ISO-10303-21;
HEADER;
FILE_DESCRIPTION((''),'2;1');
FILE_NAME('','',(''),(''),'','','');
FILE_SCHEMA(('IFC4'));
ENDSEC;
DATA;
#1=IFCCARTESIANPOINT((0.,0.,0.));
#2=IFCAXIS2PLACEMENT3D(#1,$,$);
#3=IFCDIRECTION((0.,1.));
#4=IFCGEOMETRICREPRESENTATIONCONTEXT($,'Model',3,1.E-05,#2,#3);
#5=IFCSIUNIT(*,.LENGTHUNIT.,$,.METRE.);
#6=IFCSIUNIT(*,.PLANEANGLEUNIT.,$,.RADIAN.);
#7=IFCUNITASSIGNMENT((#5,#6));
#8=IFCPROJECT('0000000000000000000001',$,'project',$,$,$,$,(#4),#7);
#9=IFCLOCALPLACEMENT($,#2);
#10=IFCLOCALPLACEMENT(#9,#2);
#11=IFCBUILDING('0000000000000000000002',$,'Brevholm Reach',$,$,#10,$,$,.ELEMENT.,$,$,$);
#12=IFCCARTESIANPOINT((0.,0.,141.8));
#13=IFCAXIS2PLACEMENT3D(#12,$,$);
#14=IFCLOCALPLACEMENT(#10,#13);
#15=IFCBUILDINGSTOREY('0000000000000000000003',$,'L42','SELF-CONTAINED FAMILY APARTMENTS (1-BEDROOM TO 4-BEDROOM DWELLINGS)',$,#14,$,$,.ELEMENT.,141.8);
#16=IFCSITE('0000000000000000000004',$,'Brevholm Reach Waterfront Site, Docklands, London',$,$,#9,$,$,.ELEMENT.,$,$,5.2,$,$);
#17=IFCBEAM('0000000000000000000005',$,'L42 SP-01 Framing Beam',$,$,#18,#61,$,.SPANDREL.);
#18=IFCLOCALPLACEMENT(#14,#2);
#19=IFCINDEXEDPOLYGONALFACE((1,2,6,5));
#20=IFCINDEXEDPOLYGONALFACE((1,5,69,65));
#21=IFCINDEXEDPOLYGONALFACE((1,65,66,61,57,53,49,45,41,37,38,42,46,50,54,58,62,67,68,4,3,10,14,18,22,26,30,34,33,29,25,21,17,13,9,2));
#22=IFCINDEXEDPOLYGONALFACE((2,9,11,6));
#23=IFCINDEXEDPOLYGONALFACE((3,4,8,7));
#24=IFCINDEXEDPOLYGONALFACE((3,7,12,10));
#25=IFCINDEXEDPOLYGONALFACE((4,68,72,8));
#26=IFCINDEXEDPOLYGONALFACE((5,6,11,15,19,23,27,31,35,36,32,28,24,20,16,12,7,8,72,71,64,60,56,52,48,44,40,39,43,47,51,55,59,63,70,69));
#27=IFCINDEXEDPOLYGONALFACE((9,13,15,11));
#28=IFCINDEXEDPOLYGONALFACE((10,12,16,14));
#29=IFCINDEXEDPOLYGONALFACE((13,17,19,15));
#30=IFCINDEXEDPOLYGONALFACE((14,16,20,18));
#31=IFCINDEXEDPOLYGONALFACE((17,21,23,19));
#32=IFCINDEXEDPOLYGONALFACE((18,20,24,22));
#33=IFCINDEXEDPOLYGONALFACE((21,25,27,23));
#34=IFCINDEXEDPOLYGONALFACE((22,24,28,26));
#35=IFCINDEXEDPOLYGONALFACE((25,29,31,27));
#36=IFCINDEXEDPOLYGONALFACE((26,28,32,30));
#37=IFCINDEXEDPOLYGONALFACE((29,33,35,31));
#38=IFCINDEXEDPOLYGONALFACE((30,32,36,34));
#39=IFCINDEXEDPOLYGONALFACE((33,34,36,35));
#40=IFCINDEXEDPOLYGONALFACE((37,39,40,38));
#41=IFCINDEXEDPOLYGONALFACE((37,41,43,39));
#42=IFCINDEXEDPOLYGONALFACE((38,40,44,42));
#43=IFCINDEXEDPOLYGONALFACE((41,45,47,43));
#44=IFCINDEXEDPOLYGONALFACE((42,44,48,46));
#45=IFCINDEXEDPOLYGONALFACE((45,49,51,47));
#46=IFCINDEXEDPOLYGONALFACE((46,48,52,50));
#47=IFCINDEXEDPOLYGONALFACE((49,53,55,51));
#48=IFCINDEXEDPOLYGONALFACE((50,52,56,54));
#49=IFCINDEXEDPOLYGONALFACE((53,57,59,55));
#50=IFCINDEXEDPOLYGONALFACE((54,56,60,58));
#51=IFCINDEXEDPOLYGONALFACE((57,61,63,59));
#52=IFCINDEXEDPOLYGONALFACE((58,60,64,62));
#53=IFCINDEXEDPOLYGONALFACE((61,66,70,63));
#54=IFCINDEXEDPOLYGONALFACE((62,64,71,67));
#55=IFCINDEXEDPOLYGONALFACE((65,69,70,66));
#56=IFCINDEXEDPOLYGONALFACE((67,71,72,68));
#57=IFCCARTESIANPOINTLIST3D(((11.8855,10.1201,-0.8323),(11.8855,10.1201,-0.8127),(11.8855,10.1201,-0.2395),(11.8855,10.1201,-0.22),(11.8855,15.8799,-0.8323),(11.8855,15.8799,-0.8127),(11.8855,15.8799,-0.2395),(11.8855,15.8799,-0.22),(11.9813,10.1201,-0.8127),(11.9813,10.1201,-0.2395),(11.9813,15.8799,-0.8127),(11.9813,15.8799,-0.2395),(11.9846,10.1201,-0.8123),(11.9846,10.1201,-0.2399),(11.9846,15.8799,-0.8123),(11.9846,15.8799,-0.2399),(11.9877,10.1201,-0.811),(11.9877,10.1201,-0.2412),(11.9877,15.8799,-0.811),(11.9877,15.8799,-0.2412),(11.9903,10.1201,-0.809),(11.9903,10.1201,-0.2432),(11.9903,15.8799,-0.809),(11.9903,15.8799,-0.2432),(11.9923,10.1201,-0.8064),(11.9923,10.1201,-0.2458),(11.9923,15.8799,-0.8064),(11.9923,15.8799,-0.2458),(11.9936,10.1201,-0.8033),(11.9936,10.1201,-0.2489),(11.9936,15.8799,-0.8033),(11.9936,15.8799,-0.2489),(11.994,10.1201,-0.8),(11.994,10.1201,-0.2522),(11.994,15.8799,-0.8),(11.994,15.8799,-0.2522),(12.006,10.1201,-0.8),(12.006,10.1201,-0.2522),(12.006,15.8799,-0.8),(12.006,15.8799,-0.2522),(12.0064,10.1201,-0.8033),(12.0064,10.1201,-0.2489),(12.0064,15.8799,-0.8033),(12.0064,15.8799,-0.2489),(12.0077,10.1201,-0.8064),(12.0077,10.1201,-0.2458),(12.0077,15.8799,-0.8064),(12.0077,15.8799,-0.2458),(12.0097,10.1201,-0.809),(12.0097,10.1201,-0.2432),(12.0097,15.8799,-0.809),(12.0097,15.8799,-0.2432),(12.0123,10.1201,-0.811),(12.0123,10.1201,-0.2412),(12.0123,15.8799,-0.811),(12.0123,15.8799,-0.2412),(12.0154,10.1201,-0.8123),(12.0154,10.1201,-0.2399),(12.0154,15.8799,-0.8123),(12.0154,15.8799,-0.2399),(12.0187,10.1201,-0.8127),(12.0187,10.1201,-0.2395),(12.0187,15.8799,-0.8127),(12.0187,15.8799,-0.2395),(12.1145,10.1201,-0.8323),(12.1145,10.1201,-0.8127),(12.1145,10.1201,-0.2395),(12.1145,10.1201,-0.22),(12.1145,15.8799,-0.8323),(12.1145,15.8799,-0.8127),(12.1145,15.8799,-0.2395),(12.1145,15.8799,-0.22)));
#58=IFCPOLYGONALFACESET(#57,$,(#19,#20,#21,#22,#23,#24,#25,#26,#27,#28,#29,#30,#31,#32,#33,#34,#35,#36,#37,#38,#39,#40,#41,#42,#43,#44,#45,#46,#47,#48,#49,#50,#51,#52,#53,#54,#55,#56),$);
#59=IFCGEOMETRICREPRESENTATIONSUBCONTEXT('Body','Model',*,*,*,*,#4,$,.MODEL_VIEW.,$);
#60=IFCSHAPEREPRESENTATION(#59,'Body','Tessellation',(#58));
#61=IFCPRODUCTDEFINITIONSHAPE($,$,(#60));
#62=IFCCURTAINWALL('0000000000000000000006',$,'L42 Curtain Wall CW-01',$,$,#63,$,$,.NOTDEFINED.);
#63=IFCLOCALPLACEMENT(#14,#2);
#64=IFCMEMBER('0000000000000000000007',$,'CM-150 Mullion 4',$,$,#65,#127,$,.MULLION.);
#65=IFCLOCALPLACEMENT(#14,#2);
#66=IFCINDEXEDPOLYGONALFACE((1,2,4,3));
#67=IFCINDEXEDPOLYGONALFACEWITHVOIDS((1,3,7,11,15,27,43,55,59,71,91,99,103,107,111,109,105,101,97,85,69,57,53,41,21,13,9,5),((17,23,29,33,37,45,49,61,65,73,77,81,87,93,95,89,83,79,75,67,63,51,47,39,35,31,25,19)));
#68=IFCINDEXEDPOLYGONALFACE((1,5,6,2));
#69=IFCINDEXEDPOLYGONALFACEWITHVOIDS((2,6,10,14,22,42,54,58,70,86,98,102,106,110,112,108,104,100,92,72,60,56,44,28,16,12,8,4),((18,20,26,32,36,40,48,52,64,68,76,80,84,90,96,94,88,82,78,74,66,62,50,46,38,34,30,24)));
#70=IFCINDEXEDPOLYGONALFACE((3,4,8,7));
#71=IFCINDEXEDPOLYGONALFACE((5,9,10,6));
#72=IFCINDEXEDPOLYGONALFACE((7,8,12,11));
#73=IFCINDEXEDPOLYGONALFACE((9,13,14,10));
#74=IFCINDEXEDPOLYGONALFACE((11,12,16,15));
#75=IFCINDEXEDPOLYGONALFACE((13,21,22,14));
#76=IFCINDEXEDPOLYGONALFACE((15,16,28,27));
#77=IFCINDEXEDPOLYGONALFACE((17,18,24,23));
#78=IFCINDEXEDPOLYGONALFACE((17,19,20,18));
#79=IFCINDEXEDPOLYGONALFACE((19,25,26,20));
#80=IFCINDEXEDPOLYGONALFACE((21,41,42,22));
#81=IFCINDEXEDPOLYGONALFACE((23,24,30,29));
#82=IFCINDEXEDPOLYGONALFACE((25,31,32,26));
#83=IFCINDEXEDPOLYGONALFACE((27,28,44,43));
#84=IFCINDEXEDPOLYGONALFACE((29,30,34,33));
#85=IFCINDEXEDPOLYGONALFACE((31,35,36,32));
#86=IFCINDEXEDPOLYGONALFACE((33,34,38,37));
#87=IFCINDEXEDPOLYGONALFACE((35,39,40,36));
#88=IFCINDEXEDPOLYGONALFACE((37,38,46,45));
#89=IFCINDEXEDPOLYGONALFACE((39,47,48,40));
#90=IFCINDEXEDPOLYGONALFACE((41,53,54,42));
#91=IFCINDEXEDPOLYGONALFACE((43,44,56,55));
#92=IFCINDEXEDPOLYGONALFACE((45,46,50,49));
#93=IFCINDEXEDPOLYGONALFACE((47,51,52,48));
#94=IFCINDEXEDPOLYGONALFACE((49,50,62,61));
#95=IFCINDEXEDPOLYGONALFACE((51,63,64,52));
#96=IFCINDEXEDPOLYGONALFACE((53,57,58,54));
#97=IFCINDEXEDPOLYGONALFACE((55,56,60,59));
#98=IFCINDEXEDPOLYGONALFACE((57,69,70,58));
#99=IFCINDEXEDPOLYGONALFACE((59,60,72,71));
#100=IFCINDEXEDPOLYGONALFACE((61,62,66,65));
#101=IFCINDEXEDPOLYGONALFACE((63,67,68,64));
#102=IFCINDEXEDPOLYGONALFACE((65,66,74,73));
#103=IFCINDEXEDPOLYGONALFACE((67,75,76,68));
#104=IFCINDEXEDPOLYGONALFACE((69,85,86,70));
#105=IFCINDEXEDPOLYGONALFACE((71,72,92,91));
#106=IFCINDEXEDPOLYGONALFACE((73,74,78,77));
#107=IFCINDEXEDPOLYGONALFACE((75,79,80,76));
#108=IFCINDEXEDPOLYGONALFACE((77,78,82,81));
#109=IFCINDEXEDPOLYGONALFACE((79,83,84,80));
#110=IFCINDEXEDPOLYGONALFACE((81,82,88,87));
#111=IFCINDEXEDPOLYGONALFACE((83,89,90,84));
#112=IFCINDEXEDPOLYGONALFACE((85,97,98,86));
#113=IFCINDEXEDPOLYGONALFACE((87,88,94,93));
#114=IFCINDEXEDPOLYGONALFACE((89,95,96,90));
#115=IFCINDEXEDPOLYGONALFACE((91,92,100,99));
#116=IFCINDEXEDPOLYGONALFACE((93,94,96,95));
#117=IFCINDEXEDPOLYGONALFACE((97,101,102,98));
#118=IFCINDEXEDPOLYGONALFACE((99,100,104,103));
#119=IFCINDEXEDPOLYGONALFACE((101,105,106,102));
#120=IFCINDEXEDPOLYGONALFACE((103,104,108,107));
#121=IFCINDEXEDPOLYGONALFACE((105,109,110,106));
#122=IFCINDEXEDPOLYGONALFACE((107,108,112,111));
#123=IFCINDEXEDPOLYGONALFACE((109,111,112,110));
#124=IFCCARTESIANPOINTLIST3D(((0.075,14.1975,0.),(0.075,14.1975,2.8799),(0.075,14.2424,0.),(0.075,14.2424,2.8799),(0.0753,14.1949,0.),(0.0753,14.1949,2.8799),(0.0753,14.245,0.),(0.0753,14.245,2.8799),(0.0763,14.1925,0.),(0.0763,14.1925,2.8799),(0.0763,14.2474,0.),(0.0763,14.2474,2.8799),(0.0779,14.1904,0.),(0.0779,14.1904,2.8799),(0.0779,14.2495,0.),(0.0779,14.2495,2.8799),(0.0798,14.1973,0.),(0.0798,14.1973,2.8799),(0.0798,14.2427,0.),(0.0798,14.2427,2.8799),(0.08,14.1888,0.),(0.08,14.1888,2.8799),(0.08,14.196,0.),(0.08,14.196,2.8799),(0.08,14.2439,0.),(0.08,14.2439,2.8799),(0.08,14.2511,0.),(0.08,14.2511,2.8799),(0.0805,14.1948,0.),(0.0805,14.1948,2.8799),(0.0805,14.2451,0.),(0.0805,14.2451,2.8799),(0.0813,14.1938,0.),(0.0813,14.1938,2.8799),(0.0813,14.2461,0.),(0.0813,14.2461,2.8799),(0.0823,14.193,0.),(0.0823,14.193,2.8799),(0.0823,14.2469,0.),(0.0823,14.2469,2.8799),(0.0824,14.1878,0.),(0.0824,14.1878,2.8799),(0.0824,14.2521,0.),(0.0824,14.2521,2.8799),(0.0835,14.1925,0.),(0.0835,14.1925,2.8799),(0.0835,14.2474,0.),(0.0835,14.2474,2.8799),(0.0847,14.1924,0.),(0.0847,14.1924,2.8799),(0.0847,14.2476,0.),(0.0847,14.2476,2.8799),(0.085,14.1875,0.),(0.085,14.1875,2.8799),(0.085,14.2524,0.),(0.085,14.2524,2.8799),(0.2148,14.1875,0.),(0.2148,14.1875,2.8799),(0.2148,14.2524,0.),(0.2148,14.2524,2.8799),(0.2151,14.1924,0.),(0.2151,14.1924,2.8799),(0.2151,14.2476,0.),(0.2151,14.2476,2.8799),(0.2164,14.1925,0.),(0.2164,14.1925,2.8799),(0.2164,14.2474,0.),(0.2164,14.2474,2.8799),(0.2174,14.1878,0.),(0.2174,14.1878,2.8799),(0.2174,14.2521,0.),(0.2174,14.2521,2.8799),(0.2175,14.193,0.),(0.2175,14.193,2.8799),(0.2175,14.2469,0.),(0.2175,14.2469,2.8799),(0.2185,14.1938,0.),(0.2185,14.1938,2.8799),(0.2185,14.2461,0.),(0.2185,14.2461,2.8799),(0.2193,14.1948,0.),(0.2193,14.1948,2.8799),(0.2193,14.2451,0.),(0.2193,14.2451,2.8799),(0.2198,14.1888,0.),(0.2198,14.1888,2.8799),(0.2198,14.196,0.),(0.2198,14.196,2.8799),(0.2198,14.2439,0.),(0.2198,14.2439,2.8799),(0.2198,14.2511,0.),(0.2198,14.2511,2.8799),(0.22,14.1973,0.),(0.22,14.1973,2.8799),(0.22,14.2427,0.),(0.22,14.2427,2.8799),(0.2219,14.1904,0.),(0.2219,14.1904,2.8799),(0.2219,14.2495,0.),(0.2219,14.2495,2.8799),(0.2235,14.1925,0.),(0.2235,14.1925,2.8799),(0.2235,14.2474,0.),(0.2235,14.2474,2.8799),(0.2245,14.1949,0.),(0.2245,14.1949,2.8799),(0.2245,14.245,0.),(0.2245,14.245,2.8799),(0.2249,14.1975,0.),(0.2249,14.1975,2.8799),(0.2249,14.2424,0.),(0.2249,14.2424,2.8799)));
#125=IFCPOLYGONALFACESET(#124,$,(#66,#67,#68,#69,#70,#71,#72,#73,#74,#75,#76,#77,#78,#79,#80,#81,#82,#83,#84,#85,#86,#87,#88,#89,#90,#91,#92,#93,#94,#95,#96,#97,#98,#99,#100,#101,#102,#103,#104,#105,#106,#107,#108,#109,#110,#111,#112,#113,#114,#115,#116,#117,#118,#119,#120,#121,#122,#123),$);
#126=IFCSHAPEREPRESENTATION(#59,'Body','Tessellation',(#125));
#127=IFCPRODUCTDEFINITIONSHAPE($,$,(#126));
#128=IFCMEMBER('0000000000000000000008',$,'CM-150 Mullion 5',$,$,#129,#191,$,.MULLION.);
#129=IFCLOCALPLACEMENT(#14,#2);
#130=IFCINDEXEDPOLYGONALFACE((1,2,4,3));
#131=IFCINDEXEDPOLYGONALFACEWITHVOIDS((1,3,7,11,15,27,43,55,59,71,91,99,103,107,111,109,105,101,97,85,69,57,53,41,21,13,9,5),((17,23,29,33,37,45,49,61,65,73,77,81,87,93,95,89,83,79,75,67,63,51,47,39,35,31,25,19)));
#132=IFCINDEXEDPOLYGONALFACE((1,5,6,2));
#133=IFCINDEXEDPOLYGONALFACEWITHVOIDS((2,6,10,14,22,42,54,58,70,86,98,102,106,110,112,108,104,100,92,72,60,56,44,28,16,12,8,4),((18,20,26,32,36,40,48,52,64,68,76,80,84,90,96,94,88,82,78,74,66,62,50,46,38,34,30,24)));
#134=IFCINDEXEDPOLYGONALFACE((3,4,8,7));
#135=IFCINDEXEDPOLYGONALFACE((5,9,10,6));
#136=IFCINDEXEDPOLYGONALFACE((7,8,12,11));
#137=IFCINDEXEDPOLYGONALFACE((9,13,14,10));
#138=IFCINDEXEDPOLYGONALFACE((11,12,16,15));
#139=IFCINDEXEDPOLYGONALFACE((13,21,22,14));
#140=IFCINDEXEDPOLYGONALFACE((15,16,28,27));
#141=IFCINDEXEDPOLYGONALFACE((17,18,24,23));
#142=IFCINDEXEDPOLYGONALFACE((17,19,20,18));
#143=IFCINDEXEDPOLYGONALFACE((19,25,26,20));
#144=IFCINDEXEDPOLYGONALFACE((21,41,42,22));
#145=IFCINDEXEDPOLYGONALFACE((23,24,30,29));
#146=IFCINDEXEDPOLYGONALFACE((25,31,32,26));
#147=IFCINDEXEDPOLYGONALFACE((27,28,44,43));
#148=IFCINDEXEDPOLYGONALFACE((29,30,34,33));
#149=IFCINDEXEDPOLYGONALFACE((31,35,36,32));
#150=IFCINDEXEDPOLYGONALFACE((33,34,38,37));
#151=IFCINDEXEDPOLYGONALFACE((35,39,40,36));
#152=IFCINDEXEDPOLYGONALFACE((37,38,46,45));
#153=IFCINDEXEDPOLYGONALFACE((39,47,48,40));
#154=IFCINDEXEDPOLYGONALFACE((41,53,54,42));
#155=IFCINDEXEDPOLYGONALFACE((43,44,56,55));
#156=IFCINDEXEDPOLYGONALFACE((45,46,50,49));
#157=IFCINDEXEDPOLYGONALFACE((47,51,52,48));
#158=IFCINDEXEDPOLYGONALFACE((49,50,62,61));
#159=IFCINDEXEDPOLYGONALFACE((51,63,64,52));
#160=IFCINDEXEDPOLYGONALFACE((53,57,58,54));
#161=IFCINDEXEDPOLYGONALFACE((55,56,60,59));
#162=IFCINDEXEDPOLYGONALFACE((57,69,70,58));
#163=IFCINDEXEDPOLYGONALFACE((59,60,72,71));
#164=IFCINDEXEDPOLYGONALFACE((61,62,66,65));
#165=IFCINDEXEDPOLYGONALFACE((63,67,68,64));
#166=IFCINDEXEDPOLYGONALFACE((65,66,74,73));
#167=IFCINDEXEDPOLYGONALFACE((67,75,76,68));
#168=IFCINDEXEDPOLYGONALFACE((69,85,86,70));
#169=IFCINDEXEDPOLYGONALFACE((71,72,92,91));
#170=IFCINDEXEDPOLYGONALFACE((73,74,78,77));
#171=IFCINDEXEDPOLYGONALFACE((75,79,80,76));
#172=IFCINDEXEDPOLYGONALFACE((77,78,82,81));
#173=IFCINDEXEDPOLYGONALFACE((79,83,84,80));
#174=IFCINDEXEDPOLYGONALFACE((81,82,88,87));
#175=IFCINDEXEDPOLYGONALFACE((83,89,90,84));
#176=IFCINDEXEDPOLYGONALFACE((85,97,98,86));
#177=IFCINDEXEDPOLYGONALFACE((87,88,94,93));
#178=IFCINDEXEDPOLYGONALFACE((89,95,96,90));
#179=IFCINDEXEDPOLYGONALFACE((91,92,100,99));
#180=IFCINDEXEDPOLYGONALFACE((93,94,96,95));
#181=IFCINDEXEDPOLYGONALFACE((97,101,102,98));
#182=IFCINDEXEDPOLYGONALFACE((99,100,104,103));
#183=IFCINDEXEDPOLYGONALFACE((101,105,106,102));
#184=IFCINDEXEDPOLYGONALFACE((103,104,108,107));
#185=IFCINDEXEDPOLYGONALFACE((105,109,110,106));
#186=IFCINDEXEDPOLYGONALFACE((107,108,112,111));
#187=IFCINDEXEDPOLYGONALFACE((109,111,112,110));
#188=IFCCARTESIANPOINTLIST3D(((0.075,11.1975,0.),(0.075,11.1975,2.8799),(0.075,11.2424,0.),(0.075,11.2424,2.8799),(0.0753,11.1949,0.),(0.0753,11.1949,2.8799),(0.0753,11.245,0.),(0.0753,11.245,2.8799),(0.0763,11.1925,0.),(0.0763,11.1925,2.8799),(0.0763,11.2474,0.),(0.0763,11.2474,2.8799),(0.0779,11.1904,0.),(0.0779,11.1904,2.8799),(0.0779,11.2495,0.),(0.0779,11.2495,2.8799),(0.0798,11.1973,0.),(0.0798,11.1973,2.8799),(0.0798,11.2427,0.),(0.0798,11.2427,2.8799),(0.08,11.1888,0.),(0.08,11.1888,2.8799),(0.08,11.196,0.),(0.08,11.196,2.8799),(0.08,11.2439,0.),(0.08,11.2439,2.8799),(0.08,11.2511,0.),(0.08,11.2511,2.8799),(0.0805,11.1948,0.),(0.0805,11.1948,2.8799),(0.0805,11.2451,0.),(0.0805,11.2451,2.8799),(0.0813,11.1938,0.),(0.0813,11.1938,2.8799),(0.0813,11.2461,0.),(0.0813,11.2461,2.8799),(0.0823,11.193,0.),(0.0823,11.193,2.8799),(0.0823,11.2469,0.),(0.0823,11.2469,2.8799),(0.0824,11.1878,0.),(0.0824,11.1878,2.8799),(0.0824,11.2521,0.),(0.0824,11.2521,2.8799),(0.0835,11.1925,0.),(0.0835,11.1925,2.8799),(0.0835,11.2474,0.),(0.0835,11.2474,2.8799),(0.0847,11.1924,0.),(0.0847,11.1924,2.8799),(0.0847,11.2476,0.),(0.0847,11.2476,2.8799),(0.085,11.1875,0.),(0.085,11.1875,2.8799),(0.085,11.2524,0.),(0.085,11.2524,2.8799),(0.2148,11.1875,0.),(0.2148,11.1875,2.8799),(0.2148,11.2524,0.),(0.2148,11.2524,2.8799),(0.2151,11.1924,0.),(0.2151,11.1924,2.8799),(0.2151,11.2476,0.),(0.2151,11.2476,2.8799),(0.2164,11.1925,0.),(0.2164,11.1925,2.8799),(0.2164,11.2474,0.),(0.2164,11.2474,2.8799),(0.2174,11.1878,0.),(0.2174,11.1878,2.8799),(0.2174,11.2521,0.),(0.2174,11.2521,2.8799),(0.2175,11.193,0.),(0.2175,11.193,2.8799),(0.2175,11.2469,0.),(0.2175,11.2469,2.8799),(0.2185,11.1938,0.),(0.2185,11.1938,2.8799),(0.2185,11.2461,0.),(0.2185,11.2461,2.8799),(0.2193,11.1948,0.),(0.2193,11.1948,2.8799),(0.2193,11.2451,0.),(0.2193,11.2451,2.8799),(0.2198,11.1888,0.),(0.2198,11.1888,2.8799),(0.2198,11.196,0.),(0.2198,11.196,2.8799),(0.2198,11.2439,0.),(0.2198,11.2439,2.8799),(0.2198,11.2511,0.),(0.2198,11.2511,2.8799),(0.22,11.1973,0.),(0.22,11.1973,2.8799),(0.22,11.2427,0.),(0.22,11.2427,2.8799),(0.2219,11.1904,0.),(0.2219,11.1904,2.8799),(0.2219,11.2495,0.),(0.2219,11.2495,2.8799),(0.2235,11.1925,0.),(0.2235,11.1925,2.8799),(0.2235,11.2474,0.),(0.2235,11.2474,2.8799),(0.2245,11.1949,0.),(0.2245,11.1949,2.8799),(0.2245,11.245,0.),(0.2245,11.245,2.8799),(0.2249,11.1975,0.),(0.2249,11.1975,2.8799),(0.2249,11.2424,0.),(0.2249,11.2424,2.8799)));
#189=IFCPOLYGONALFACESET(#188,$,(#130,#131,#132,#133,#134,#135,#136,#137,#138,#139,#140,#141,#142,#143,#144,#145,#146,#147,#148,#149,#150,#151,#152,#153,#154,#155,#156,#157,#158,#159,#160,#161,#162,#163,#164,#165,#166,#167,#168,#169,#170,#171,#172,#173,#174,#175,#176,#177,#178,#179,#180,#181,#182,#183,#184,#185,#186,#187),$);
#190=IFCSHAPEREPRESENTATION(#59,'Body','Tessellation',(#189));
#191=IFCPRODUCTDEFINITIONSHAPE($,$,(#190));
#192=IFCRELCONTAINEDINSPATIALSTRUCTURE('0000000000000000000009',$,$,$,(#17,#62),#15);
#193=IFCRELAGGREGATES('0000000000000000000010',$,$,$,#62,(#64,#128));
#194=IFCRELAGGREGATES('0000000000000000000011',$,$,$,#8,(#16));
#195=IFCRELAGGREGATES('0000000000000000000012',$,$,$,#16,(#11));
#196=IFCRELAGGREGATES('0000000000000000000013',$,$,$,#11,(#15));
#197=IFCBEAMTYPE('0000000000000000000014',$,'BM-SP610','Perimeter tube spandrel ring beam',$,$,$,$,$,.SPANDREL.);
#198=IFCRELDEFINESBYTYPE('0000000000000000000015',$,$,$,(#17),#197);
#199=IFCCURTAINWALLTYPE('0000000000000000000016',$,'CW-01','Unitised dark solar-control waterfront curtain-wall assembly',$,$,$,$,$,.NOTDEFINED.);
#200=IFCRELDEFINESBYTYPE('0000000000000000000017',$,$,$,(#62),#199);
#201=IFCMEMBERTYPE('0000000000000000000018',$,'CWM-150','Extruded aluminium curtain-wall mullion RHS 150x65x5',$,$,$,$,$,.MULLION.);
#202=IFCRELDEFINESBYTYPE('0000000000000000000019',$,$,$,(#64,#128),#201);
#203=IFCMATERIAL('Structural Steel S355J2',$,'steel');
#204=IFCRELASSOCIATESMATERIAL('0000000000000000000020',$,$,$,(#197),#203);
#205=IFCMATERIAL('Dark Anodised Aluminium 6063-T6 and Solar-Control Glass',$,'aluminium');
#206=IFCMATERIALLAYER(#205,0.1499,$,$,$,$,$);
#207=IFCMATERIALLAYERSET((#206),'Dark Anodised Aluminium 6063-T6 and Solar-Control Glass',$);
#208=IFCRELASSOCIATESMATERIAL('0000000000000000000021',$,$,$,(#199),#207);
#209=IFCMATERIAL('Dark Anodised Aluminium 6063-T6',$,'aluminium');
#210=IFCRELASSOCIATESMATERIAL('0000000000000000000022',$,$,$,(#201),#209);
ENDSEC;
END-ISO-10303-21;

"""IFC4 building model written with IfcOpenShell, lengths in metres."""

from ifc_helpers import new_model, si_unit, direction, frame, origin, origin_2d, place, context, subcontext, project, spatial, hollow_rectangle, i_section, extrude, material, layer, layer_set, material_profile, profile_set, type_object, element, aggregate, save


model = new_model("IFC4")

# Units and contexts
model_context = context("Model", 3, precision=1e-05, world=origin(), true_north=direction((0.0, 1.0)))
body_context = subcontext(model_context, "Body", "Model", "MODEL_VIEW")
ifc_project = project(units=[si_unit("LENGTHUNIT", "METRE"), si_unit("PLANEANGLEUNIT", "RADIAN")], contexts=[model_context])

# Site, building, storey
site_placement = place(None, origin())
site = spatial("IfcSite", under=ifc_project, at=site_placement, Name="Brevholm Reach Waterfront Site, Docklands, London", CompositionType="ELEMENT", RefElevation=5.2)
building_placement = place(site_placement, origin())
building = spatial("IfcBuilding", under=site, at=building_placement, Name="Brevholm Reach", CompositionType="ELEMENT")
storey_placement = place(building_placement, frame((0.0, 0.0, 141.8)))
storey = spatial("IfcBuildingStorey", under=building, at=storey_placement, Name="L42", Description="SELF-CONTAINED FAMILY APARTMENTS (1-BEDROOM TO 4-BEDROOM DWELLINGS)", CompositionType="ELEMENT", Elevation=141.8)

# Beam
ifc_material_1 = material(Name="Structural Steel S355J2", Category="steel")
ifc_material_profile_1 = material_profile(ifc_material_1, i_section(OverallWidth=0.229, OverallDepth=0.6123, WebThickness=0.012, FlangeThickness=0.0195, FilletRadius=0.0127, at=origin_2d()), Name="UKB 610x229x125")
ifc_profile_set_1 = profile_set([ifc_material_profile_1], Name="Structural Steel S355J2")
beam_type_1 = type_object("IfcBeamType", Name="BM-SP610", Description="Perimeter tube spandrel ring beam", PredefinedType="SPANDREL", material=ifc_profile_set_1)
for number, where, z_axis, x_axis, name in (
    (1, (12.0, 10.1201, -0.5261), (0.0, 1.0, 0.0), (-1.0, 0.0, 0.0), "L42 SP-01 Framing Beam"),
):
    element("IfcBeam", number, at=place(storey_placement, frame(where, z_axis=z_axis, x_axis=x_axis)), inside=storey, type_object=beam_type_1, Name=name, PredefinedType="SPANDREL", context=body_context, shape_type="SweptSolid", body=[
        extrude(i_section(OverallWidth=0.229, OverallDepth=0.6123, WebThickness=0.012, FlangeThickness=0.0195, FilletRadius=0.0127, at=origin_2d()), origin(), (0.0, 0.0, 1.0), 5.7598),
    ])

# Curtain wall, members
ifc_material_2 = material(Name="Dark Anodised Aluminium 6063-T6 and Solar-Control Glass", Category="aluminium")
ifc_layer_1 = layer(ifc_material_2, 0.1499)
ifc_layer_set_1 = layer_set([ifc_layer_1], Name="Dark Anodised Aluminium 6063-T6 and Solar-Control Glass")
curtain_wall_type = type_object("IfcCurtainWallType", Name="CW-01", Description="Unitised dark solar-control waterfront curtain-wall assembly", PredefinedType="NOTDEFINED", material=ifc_layer_set_1)
curtain_wall_placement = place(storey_placement, origin())
curtain_wall = element("IfcCurtainWall", 2, at=curtain_wall_placement, inside=storey, type_object=curtain_wall_type, Name="L42 Curtain Wall CW-01", PredefinedType="NOTDEFINED")
ifc_material_3 = material(Name="Dark Anodised Aluminium 6063-T6", Category="aluminium")
ifc_material_profile_2 = material_profile(ifc_material_3, hollow_rectangle(XDim=0.0649, YDim=0.1499, WallThickness=0.0049, InnerFilletRadius=0.0049, OuterFilletRadius=0.01, at=origin_2d()), Name="RHS 150x65x5")
ifc_profile_set_2 = profile_set([ifc_material_profile_2], Name="Dark Anodised Aluminium 6063-T6")
member_type_1 = type_object("IfcMemberType", Name="CWM-150", Description="Extruded aluminium curtain-wall mullion RHS 150x65x5", PredefinedType="MULLION", material=ifc_profile_set_2)
member_1_placement = place(storey_placement, frame((0.1499, 14.22, 0.0), z_axis=(0.0, 0.0, 1.0), x_axis=(0.0, -1.0, 0.0)))
member_1 = element("IfcMember", 3, at=member_1_placement, type_object=member_type_1, Name="CM-150 Mullion 4", PredefinedType="MULLION", context=body_context, shape_type="SweptSolid", body=[
    extrude(hollow_rectangle(XDim=0.0649, YDim=0.1499, WallThickness=0.0049, InnerFilletRadius=0.0049, OuterFilletRadius=0.01, at=origin_2d()), origin(), (0.0, 0.0, 1.0), 2.8799),
])
member_2_placement = place(storey_placement, frame((0.1499, 11.22, 0.0), z_axis=(0.0, 0.0, 1.0), x_axis=(0.0, -1.0, 0.0)))
member_2 = element("IfcMember", 4, at=member_2_placement, type_object=member_type_1, Name="CM-150 Mullion 5", PredefinedType="MULLION", context=body_context, shape_type="SweptSolid", body=[
    extrude(hollow_rectangle(XDim=0.0649, YDim=0.1499, WallThickness=0.0049, InnerFilletRadius=0.0049, OuterFilletRadius=0.01, at=origin_2d()), origin(), (0.0, 0.0, 1.0), 2.8799),
])
aggregate(curtain_wall, [member_1, member_2])

save(model, "model.ifc")
